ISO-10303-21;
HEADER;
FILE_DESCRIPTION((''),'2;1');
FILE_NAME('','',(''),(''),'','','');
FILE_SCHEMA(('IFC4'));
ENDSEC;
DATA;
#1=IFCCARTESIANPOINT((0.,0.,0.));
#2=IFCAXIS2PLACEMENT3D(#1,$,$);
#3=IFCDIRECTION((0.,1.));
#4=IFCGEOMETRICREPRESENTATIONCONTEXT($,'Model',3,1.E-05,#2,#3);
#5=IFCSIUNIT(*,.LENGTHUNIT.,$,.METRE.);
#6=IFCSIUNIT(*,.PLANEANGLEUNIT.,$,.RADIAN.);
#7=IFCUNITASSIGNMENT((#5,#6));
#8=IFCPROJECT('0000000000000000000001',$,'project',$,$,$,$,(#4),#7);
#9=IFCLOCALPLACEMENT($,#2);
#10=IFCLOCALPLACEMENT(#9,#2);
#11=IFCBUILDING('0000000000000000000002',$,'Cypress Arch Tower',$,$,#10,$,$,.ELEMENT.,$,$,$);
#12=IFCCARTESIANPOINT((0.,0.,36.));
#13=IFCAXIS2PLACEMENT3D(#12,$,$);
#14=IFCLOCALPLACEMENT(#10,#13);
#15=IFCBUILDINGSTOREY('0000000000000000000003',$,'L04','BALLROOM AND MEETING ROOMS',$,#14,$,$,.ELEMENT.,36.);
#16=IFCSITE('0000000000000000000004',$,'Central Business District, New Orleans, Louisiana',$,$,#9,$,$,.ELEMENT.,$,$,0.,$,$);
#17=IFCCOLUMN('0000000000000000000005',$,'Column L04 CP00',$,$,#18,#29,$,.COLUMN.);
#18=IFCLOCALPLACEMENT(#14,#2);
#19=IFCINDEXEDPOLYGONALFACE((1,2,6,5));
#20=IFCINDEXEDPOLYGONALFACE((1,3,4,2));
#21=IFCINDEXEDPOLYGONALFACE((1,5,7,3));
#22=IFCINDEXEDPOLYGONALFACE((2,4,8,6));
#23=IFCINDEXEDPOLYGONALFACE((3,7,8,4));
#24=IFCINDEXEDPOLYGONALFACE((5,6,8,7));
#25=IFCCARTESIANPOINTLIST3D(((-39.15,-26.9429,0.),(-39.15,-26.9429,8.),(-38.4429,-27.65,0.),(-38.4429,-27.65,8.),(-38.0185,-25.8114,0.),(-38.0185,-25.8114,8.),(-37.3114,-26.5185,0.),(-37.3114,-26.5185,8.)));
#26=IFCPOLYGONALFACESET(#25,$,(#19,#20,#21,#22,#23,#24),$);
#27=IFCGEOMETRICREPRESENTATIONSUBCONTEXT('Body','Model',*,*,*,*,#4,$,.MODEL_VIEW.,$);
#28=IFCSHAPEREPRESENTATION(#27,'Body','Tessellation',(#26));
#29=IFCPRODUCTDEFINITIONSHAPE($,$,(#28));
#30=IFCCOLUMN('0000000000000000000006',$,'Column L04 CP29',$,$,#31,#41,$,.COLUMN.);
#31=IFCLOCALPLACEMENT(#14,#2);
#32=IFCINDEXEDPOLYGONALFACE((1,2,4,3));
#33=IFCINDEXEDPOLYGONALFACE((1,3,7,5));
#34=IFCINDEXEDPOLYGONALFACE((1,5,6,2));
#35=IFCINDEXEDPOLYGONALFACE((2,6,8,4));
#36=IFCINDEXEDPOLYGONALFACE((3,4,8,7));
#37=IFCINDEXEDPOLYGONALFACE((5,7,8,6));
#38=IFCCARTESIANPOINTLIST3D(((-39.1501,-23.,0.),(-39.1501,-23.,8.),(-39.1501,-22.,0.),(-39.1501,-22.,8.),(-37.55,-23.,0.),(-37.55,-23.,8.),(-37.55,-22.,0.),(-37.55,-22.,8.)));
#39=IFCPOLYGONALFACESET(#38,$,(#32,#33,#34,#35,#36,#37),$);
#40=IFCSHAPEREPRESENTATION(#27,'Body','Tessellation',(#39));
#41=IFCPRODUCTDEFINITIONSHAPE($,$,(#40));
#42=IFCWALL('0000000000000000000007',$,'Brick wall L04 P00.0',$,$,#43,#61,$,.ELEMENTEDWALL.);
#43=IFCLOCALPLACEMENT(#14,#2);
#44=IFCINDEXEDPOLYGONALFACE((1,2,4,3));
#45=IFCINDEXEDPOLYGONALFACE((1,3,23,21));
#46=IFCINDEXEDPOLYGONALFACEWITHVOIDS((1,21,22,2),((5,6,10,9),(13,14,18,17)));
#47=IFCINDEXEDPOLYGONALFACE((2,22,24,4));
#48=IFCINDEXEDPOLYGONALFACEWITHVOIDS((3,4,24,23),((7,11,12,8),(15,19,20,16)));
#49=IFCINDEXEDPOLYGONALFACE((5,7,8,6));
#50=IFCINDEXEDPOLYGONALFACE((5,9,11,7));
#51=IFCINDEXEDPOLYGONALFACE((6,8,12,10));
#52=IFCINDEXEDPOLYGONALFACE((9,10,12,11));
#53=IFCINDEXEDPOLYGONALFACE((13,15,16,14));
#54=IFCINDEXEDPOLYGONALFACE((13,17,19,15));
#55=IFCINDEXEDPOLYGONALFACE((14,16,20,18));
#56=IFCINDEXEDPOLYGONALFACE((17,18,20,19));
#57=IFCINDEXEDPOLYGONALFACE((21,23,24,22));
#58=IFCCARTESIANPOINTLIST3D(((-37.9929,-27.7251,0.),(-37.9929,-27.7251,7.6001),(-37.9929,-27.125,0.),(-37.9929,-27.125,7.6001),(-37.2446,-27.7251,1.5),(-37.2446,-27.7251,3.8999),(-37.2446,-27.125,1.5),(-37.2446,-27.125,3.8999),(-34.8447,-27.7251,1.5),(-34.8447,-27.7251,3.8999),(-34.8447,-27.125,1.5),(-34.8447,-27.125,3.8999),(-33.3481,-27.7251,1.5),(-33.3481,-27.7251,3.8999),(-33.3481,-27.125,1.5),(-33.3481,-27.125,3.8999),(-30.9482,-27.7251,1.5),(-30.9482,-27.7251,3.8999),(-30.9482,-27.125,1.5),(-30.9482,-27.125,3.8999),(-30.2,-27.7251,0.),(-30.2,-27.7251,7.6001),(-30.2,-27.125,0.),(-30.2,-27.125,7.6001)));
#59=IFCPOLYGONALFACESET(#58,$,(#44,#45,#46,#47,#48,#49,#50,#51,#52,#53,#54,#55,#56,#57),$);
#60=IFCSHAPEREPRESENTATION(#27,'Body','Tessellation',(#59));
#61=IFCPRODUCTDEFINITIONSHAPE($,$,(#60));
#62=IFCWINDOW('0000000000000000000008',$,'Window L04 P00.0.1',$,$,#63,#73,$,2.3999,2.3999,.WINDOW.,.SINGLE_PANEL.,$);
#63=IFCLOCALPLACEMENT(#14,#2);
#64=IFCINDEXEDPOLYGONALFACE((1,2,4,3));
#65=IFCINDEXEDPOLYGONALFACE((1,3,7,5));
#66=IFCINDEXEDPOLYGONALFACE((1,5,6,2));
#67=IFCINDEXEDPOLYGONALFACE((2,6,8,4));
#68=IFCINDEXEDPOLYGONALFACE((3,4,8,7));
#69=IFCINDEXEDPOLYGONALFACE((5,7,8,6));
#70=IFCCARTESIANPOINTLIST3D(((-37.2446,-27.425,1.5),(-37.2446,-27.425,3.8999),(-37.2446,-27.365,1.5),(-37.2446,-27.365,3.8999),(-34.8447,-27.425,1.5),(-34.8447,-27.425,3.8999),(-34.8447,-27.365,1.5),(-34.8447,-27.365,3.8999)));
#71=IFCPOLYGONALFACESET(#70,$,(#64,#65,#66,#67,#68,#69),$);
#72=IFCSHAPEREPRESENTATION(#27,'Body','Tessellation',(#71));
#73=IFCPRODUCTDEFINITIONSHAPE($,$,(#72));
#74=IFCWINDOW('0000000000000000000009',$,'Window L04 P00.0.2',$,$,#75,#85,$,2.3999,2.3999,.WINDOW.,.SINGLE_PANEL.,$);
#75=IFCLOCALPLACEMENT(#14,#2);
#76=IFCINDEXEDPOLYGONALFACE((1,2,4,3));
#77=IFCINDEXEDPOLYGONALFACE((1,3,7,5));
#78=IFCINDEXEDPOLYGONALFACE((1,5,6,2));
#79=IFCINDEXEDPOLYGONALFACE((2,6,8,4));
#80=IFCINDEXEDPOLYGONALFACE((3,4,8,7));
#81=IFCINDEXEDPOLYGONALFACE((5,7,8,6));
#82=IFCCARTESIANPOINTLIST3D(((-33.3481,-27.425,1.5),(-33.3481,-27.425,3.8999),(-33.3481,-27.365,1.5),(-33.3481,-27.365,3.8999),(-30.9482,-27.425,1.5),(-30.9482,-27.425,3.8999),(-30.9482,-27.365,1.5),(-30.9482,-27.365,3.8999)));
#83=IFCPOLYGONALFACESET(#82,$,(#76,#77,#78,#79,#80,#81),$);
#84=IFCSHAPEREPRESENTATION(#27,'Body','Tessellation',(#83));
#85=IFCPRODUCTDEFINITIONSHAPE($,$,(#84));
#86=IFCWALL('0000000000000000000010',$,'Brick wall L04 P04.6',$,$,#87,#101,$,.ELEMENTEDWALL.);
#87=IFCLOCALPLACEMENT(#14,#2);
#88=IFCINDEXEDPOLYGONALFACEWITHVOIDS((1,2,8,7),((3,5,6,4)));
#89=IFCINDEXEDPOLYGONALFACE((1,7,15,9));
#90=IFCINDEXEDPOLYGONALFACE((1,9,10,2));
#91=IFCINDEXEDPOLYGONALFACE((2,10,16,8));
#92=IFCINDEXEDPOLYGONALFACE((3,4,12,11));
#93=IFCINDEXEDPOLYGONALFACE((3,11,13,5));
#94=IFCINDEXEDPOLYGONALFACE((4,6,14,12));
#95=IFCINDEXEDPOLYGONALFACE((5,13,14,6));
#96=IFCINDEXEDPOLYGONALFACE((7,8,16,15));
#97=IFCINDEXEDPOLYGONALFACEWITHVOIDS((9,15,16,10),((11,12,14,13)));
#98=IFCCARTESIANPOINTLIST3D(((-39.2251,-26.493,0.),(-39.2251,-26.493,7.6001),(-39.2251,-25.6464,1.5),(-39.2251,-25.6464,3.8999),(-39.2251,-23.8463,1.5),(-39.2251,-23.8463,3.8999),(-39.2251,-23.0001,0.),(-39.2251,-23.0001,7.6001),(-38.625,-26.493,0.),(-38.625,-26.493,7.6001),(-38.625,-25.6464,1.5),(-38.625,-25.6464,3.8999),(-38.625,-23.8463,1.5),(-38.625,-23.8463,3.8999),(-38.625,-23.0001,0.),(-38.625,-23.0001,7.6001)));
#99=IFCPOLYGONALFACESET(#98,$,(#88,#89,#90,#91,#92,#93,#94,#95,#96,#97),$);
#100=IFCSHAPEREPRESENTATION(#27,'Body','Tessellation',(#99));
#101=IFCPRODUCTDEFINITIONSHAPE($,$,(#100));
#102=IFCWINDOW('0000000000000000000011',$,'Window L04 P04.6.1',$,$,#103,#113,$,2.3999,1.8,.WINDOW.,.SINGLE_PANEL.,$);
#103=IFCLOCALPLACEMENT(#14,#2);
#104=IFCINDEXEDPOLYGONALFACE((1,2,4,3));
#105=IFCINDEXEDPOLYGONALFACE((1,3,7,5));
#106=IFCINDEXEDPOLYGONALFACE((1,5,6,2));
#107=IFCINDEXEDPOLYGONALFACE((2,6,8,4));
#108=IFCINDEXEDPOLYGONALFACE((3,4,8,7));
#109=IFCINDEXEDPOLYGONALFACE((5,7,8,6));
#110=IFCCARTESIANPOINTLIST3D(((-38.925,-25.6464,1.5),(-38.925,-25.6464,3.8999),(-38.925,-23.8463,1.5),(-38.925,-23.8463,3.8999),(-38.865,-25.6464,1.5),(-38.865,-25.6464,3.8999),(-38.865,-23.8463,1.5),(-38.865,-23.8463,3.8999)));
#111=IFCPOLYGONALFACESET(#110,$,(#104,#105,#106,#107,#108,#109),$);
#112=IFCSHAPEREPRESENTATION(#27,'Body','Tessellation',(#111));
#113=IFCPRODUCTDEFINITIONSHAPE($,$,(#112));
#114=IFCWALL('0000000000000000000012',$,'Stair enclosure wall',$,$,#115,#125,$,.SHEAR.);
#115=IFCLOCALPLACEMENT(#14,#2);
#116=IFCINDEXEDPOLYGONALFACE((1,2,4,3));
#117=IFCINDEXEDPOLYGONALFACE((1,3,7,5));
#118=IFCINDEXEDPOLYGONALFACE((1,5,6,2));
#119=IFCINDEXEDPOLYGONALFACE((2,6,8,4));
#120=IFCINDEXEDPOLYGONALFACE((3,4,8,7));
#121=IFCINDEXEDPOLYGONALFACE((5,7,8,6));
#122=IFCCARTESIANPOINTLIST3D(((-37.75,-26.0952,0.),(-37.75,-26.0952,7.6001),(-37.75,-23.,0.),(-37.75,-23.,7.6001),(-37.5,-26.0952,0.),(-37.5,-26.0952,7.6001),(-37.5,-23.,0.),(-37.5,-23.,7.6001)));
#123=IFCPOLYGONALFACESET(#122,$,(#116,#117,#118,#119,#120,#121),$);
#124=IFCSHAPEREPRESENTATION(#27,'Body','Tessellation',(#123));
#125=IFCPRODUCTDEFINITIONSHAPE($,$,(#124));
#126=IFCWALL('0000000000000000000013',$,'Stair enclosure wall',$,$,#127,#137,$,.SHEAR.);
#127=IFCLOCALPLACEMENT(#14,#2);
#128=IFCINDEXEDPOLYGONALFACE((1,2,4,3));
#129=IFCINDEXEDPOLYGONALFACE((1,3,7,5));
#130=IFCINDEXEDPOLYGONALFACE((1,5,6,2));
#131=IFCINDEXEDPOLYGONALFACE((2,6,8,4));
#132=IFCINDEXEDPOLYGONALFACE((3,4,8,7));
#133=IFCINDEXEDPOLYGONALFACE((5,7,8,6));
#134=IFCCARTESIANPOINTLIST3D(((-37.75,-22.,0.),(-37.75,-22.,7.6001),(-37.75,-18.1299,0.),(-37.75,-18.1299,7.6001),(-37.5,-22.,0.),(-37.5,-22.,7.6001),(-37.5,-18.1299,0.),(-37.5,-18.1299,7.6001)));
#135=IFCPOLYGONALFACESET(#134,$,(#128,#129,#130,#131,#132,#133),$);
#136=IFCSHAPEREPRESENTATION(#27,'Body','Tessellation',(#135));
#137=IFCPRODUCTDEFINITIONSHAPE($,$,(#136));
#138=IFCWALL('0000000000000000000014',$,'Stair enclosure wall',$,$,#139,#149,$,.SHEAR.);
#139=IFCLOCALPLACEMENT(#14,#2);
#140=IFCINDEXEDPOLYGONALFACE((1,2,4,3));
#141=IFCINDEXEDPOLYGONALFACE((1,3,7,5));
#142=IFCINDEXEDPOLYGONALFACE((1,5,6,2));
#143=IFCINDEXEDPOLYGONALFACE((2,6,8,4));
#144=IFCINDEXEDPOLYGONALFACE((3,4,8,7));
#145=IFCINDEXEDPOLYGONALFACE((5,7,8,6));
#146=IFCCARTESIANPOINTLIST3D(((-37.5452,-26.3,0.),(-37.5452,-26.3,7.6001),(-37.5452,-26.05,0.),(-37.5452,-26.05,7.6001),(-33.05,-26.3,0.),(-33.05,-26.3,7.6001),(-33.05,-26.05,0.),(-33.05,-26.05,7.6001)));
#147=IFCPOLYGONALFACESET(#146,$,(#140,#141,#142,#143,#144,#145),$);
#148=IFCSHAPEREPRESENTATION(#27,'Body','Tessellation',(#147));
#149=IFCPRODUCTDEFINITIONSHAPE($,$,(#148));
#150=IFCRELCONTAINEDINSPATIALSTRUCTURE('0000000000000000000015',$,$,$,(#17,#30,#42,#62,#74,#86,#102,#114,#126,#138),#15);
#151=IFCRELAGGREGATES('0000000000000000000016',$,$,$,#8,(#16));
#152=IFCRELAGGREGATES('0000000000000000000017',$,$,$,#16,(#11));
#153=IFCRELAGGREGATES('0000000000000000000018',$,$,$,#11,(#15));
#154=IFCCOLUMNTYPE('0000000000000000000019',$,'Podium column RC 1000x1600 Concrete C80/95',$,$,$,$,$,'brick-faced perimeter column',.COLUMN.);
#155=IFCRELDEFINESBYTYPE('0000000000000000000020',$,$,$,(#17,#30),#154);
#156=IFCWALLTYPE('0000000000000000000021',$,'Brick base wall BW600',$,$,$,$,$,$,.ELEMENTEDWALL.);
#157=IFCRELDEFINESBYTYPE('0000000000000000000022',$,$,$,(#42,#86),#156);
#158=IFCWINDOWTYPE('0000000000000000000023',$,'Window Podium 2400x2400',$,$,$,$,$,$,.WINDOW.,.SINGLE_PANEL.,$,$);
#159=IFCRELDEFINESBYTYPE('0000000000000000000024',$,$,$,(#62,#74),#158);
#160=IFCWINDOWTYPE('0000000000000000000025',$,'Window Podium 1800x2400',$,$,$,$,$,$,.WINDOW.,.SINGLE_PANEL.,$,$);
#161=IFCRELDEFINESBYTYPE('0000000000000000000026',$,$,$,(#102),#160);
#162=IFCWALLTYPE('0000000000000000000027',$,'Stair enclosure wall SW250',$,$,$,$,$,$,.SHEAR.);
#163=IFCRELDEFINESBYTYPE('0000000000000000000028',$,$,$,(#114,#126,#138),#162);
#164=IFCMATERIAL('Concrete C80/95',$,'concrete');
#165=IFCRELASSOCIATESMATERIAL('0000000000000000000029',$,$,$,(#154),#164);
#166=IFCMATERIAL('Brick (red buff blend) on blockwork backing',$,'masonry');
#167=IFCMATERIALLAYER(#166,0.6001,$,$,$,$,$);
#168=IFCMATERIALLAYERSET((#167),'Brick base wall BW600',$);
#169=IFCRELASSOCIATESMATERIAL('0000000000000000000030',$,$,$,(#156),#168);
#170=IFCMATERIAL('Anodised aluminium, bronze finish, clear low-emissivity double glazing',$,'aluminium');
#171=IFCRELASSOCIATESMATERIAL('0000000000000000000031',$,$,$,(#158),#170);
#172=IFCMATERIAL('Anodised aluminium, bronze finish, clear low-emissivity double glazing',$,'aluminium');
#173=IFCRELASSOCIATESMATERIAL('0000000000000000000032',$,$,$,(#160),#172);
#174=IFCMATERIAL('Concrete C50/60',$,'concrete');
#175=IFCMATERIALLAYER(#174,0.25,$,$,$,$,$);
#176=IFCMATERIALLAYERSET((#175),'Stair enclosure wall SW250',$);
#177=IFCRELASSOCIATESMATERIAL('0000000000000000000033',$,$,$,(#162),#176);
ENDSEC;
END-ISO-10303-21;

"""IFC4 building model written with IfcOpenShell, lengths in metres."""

from ifc_helpers import new_model, si_unit, direction, frame, frame_2d, origin, origin_2d, place, context, subcontext, project, spatial, rectangle, extrude, material, layer, layer_set, material_profile, profile_set, type_object, element, fill, save


model = new_model("IFC4")

# Units and contexts
model_context = context("Model", 3, precision=1e-05, world=origin(), true_north=direction((0.0, 1.0)))
body_context = subcontext(model_context, "Body", "Model", "MODEL_VIEW")
ifc_project = project(units=[si_unit("LENGTHUNIT", "METRE"), si_unit("PLANEANGLEUNIT", "RADIAN")], contexts=[model_context])

# Site, building, storey
site_placement = place(None, origin())
site = spatial("IfcSite", under=ifc_project, at=site_placement, Name="Central Business District, New Orleans, Louisiana", CompositionType="ELEMENT", RefElevation=0.0)
building_placement = place(site_placement, origin())
building = spatial("IfcBuilding", under=site, at=building_placement, Name="Cypress Arch Tower", CompositionType="ELEMENT")
storey_placement = place(building_placement, frame((0.0, 0.0, 36.0)))
storey = spatial("IfcBuildingStorey", under=building, at=storey_placement, Name="L04", Description="BALLROOM AND MEETING ROOMS", CompositionType="ELEMENT", Elevation=36.0)

# Columns
ifc_material_1 = material(Name="Concrete C80/95", Category="concrete")
ifc_material_profile = material_profile(ifc_material_1, rectangle(XDim=1.0, YDim=1.6001, at=origin_2d()), Name="RC 1000x1600")
ifc_profile_set = profile_set([ifc_material_profile], Name="Concrete C80/95")
column_type = type_object("IfcColumnType", Name="Podium column RC 1000x1600 Concrete C80/95", ElementType="brick-faced perimeter column", PredefinedType="COLUMN", material=ifc_profile_set)
for number, where, z_axis, x_axis, name in (
    (1, (-38.2307, -26.7307, 0.0), (0.0, 0.0, 1.0), (0.707107, -0.707107, 0.0), "Column L04 CP00"),
    (2, (-38.3501, -22.5, 0.0), (0.0, 0.0, 1.0), (0.0, -1.0, 0.0), "Column L04 CP29"),
):
    element("IfcColumn", number, at=place(storey_placement, frame(where, z_axis=z_axis, x_axis=x_axis)), inside=storey, type_object=column_type, Name=name, PredefinedType="COLUMN", context=body_context, shape_type="SweptSolid", body=[
        extrude(rectangle(XDim=1.0, YDim=1.6001, at=origin_2d()), origin(), (0.0, 0.0, 1.0), 8.0),
    ])

# Wall, openings, windows
ifc_material_2 = material(Name="Brick (red buff blend) on blockwork backing", Category="masonry")
ifc_layer_1 = layer(ifc_material_2, 0.6001)
ifc_layer_set_1 = layer_set([ifc_layer_1], Name="Brick base wall BW600")
wall_type_1 = type_object("IfcWallType", Name="Brick base wall BW600", PredefinedType="ELEMENTEDWALL", material=ifc_layer_set_1)
wall_1_placement = place(storey_placement, frame((-37.9929, -27.425, 0.0), z_axis=(0.0, 0.0, 1.0), x_axis=(1.0, 0.0, 0.0)))
wall_1 = element("IfcWall", 3, at=wall_1_placement, inside=storey, type_object=wall_type_1, Name="Brick wall L04 P00.0", PredefinedType="ELEMENTEDWALL", context=body_context, shape_type="SweptSolid", body=[
    extrude(rectangle(XDim=7.793, YDim=0.6001, at=frame_2d((3.8965, 0.0))), origin(), (0.0, 0.0, 1.0), 7.6001),
])
opening_1_placement = place(wall_1_placement, frame((0.7483, 0.0, 1.5)))
opening_1 = element("IfcOpeningElement", 4, at=opening_1_placement, cuts=wall_1, PredefinedType="OPENING", context=body_context, shape_type="SweptSolid", body=[
    extrude(rectangle(XDim=2.3999, YDim=2.3999, at=frame_2d((1.2, 1.2))), frame((0.0, 0.3101, 0.0), z_axis=(0.0, -1.0, 0.0), x_axis=(1.0, 0.0, 0.0)), (0.0, 0.0, 1.0), 0.6201),
])
opening_2_placement = place(wall_1_placement, frame((4.6448, 0.0, 1.5)))
opening_2 = element("IfcOpeningElement", 5, at=opening_2_placement, cuts=wall_1, PredefinedType="OPENING", context=body_context, shape_type="SweptSolid", body=[
    extrude(rectangle(XDim=2.3999, YDim=2.3999, at=frame_2d((1.2, 1.2))), frame((0.0, 0.3101, 0.0), z_axis=(0.0, -1.0, 0.0), x_axis=(1.0, 0.0, 0.0)), (0.0, 0.0, 1.0), 0.6201),
])
ifc_material_3 = material(Name="Anodised aluminium, bronze finish, clear low-emissivity double glazing", Category="aluminium")
window_type_1 = type_object("IfcWindowType", Name="Window Podium 2400x2400", PartitioningType="SINGLE_PANEL", PredefinedType="WINDOW", material=ifc_material_3)
window_1_placement = place(opening_1_placement, origin())
window_1 = element("IfcWindow", 6, at=window_1_placement, inside=storey, type_object=window_type_1, Name="Window L04 P00.0.1", OverallHeight=2.3999, OverallWidth=2.3999, PartitioningType="SINGLE_PANEL", PredefinedType="WINDOW", context=body_context, shape_type="SweptSolid", body=[
    extrude(rectangle(XDim=2.3999, YDim=2.3999, at=frame_2d((1.2, 1.2))), frame((0.0, 0.0601, 0.0), z_axis=(0.0, -1.0, 0.0), x_axis=(1.0, 0.0, 0.0)), (0.0, 0.0, 1.0), 0.0601),
])
fill(opening_1, window_1)
window_2_placement = place(opening_2_placement, origin())
window_2 = element("IfcWindow", 7, at=window_2_placement, inside=storey, type_object=window_type_1, Name="Window L04 P00.0.2", OverallHeight=2.3999, OverallWidth=2.3999, PartitioningType="SINGLE_PANEL", PredefinedType="WINDOW", context=body_context, shape_type="SweptSolid", body=[
    extrude(rectangle(XDim=2.3999, YDim=2.3999, at=frame_2d((1.2, 1.2))), frame((0.0, 0.0601, 0.0), z_axis=(0.0, -1.0, 0.0), x_axis=(1.0, 0.0, 0.0)), (0.0, 0.0, 1.0), 0.0601),
])
fill(opening_2, window_2)

# Wall, opening, window
wall_2_placement = place(storey_placement, frame((-38.925, -23.0, 0.0), z_axis=(0.0, 0.0, 1.0), x_axis=(0.0, -1.0, 0.0)))
wall_2 = element("IfcWall", 8, at=wall_2_placement, inside=storey, type_object=wall_type_1, Name="Brick wall L04 P04.6", PredefinedType="ELEMENTEDWALL", context=body_context, shape_type="SweptSolid", body=[
    extrude(rectangle(XDim=3.4929, YDim=0.6001, at=frame_2d((1.7466, 0.0))), origin(), (0.0, 0.0, 1.0), 7.6001),
])
opening_3_placement = place(wall_2_placement, frame((0.8464, 0.0, 1.5)))
opening_3 = element("IfcOpeningElement", 9, at=opening_3_placement, cuts=wall_2, PredefinedType="OPENING", context=body_context, shape_type="SweptSolid", body=[
    extrude(rectangle(XDim=1.8, YDim=2.3999, at=frame_2d((0.8999, 1.2))), frame((0.0, 0.3101, 0.0), z_axis=(0.0, -1.0, 0.0), x_axis=(1.0, 0.0, 0.0)), (0.0, 0.0, 1.0), 0.6201),
])
ifc_material_4 = material(Name="Anodised aluminium, bronze finish, clear low-emissivity double glazing", Category="aluminium")
window_type_2 = type_object("IfcWindowType", Name="Window Podium 1800x2400", PartitioningType="SINGLE_PANEL", PredefinedType="WINDOW", material=ifc_material_4)
window_3_placement = place(opening_3_placement, origin())
window_3 = element("IfcWindow", 10, at=window_3_placement, inside=storey, type_object=window_type_2, Name="Window L04 P04.6.1", OverallHeight=2.3999, OverallWidth=1.8, PartitioningType="SINGLE_PANEL", PredefinedType="WINDOW", context=body_context, shape_type="SweptSolid", body=[
    extrude(rectangle(XDim=1.8, YDim=2.3999, at=frame_2d((0.8999, 1.2))), frame((0.0, 0.0601, 0.0), z_axis=(0.0, -1.0, 0.0), x_axis=(1.0, 0.0, 0.0)), (0.0, 0.0, 1.0), 0.0601),
])
fill(opening_3, window_3)

# Walls
ifc_material_5 = material(Name="Concrete C50/60", Category="concrete")
ifc_layer_2 = layer(ifc_material_5, 0.25)
ifc_layer_set_2 = layer_set([ifc_layer_2], Name="Stair enclosure wall SW250")
wall_type_2 = type_object("IfcWallType", Name="Stair enclosure wall SW250", PredefinedType="SHEAR", material=ifc_layer_set_2)
wall_3_placement = place(storey_placement, frame((-37.625, -26.0952, 0.0), z_axis=(0.0, 0.0, 1.0), x_axis=(0.0, 1.0, 0.0)))
element("IfcWall", 11, at=wall_3_placement, inside=storey, type_object=wall_type_2, Name="Stair enclosure wall", PredefinedType="SHEAR", context=body_context, shape_type="SweptSolid", body=[
    extrude(rectangle(XDim=3.0952, YDim=0.25, at=frame_2d((1.5476, 0.0))), origin(), (0.0, 0.0, 1.0), 7.6001),
])
wall_4_placement = place(storey_placement, frame((-37.625, -22.0, 0.0), z_axis=(0.0, 0.0, 1.0), x_axis=(0.0, 1.0, 0.0)))
element("IfcWall", 12, at=wall_4_placement, inside=storey, type_object=wall_type_2, Name="Stair enclosure wall", PredefinedType="SHEAR", context=body_context, shape_type="SweptSolid", body=[
    extrude(rectangle(XDim=3.8701, YDim=0.25, at=frame_2d((1.9351, 0.0))), origin(), (0.0, 0.0, 1.0), 7.6001),
])
wall_5_placement = place(storey_placement, frame((-37.5452, -26.175, 0.0), z_axis=(0.0, 0.0, 1.0), x_axis=(1.0, 0.0, 0.0)))
element("IfcWall", 13, at=wall_5_placement, inside=storey, type_object=wall_type_2, Name="Stair enclosure wall", PredefinedType="SHEAR", context=body_context, shape_type="SweptSolid", body=[
    extrude(rectangle(XDim=4.4951, YDim=0.25, at=frame_2d((2.2476, 0.0))), origin(), (0.0, 0.0, 1.0), 7.6001),
])

save(model, "model.ifc")
